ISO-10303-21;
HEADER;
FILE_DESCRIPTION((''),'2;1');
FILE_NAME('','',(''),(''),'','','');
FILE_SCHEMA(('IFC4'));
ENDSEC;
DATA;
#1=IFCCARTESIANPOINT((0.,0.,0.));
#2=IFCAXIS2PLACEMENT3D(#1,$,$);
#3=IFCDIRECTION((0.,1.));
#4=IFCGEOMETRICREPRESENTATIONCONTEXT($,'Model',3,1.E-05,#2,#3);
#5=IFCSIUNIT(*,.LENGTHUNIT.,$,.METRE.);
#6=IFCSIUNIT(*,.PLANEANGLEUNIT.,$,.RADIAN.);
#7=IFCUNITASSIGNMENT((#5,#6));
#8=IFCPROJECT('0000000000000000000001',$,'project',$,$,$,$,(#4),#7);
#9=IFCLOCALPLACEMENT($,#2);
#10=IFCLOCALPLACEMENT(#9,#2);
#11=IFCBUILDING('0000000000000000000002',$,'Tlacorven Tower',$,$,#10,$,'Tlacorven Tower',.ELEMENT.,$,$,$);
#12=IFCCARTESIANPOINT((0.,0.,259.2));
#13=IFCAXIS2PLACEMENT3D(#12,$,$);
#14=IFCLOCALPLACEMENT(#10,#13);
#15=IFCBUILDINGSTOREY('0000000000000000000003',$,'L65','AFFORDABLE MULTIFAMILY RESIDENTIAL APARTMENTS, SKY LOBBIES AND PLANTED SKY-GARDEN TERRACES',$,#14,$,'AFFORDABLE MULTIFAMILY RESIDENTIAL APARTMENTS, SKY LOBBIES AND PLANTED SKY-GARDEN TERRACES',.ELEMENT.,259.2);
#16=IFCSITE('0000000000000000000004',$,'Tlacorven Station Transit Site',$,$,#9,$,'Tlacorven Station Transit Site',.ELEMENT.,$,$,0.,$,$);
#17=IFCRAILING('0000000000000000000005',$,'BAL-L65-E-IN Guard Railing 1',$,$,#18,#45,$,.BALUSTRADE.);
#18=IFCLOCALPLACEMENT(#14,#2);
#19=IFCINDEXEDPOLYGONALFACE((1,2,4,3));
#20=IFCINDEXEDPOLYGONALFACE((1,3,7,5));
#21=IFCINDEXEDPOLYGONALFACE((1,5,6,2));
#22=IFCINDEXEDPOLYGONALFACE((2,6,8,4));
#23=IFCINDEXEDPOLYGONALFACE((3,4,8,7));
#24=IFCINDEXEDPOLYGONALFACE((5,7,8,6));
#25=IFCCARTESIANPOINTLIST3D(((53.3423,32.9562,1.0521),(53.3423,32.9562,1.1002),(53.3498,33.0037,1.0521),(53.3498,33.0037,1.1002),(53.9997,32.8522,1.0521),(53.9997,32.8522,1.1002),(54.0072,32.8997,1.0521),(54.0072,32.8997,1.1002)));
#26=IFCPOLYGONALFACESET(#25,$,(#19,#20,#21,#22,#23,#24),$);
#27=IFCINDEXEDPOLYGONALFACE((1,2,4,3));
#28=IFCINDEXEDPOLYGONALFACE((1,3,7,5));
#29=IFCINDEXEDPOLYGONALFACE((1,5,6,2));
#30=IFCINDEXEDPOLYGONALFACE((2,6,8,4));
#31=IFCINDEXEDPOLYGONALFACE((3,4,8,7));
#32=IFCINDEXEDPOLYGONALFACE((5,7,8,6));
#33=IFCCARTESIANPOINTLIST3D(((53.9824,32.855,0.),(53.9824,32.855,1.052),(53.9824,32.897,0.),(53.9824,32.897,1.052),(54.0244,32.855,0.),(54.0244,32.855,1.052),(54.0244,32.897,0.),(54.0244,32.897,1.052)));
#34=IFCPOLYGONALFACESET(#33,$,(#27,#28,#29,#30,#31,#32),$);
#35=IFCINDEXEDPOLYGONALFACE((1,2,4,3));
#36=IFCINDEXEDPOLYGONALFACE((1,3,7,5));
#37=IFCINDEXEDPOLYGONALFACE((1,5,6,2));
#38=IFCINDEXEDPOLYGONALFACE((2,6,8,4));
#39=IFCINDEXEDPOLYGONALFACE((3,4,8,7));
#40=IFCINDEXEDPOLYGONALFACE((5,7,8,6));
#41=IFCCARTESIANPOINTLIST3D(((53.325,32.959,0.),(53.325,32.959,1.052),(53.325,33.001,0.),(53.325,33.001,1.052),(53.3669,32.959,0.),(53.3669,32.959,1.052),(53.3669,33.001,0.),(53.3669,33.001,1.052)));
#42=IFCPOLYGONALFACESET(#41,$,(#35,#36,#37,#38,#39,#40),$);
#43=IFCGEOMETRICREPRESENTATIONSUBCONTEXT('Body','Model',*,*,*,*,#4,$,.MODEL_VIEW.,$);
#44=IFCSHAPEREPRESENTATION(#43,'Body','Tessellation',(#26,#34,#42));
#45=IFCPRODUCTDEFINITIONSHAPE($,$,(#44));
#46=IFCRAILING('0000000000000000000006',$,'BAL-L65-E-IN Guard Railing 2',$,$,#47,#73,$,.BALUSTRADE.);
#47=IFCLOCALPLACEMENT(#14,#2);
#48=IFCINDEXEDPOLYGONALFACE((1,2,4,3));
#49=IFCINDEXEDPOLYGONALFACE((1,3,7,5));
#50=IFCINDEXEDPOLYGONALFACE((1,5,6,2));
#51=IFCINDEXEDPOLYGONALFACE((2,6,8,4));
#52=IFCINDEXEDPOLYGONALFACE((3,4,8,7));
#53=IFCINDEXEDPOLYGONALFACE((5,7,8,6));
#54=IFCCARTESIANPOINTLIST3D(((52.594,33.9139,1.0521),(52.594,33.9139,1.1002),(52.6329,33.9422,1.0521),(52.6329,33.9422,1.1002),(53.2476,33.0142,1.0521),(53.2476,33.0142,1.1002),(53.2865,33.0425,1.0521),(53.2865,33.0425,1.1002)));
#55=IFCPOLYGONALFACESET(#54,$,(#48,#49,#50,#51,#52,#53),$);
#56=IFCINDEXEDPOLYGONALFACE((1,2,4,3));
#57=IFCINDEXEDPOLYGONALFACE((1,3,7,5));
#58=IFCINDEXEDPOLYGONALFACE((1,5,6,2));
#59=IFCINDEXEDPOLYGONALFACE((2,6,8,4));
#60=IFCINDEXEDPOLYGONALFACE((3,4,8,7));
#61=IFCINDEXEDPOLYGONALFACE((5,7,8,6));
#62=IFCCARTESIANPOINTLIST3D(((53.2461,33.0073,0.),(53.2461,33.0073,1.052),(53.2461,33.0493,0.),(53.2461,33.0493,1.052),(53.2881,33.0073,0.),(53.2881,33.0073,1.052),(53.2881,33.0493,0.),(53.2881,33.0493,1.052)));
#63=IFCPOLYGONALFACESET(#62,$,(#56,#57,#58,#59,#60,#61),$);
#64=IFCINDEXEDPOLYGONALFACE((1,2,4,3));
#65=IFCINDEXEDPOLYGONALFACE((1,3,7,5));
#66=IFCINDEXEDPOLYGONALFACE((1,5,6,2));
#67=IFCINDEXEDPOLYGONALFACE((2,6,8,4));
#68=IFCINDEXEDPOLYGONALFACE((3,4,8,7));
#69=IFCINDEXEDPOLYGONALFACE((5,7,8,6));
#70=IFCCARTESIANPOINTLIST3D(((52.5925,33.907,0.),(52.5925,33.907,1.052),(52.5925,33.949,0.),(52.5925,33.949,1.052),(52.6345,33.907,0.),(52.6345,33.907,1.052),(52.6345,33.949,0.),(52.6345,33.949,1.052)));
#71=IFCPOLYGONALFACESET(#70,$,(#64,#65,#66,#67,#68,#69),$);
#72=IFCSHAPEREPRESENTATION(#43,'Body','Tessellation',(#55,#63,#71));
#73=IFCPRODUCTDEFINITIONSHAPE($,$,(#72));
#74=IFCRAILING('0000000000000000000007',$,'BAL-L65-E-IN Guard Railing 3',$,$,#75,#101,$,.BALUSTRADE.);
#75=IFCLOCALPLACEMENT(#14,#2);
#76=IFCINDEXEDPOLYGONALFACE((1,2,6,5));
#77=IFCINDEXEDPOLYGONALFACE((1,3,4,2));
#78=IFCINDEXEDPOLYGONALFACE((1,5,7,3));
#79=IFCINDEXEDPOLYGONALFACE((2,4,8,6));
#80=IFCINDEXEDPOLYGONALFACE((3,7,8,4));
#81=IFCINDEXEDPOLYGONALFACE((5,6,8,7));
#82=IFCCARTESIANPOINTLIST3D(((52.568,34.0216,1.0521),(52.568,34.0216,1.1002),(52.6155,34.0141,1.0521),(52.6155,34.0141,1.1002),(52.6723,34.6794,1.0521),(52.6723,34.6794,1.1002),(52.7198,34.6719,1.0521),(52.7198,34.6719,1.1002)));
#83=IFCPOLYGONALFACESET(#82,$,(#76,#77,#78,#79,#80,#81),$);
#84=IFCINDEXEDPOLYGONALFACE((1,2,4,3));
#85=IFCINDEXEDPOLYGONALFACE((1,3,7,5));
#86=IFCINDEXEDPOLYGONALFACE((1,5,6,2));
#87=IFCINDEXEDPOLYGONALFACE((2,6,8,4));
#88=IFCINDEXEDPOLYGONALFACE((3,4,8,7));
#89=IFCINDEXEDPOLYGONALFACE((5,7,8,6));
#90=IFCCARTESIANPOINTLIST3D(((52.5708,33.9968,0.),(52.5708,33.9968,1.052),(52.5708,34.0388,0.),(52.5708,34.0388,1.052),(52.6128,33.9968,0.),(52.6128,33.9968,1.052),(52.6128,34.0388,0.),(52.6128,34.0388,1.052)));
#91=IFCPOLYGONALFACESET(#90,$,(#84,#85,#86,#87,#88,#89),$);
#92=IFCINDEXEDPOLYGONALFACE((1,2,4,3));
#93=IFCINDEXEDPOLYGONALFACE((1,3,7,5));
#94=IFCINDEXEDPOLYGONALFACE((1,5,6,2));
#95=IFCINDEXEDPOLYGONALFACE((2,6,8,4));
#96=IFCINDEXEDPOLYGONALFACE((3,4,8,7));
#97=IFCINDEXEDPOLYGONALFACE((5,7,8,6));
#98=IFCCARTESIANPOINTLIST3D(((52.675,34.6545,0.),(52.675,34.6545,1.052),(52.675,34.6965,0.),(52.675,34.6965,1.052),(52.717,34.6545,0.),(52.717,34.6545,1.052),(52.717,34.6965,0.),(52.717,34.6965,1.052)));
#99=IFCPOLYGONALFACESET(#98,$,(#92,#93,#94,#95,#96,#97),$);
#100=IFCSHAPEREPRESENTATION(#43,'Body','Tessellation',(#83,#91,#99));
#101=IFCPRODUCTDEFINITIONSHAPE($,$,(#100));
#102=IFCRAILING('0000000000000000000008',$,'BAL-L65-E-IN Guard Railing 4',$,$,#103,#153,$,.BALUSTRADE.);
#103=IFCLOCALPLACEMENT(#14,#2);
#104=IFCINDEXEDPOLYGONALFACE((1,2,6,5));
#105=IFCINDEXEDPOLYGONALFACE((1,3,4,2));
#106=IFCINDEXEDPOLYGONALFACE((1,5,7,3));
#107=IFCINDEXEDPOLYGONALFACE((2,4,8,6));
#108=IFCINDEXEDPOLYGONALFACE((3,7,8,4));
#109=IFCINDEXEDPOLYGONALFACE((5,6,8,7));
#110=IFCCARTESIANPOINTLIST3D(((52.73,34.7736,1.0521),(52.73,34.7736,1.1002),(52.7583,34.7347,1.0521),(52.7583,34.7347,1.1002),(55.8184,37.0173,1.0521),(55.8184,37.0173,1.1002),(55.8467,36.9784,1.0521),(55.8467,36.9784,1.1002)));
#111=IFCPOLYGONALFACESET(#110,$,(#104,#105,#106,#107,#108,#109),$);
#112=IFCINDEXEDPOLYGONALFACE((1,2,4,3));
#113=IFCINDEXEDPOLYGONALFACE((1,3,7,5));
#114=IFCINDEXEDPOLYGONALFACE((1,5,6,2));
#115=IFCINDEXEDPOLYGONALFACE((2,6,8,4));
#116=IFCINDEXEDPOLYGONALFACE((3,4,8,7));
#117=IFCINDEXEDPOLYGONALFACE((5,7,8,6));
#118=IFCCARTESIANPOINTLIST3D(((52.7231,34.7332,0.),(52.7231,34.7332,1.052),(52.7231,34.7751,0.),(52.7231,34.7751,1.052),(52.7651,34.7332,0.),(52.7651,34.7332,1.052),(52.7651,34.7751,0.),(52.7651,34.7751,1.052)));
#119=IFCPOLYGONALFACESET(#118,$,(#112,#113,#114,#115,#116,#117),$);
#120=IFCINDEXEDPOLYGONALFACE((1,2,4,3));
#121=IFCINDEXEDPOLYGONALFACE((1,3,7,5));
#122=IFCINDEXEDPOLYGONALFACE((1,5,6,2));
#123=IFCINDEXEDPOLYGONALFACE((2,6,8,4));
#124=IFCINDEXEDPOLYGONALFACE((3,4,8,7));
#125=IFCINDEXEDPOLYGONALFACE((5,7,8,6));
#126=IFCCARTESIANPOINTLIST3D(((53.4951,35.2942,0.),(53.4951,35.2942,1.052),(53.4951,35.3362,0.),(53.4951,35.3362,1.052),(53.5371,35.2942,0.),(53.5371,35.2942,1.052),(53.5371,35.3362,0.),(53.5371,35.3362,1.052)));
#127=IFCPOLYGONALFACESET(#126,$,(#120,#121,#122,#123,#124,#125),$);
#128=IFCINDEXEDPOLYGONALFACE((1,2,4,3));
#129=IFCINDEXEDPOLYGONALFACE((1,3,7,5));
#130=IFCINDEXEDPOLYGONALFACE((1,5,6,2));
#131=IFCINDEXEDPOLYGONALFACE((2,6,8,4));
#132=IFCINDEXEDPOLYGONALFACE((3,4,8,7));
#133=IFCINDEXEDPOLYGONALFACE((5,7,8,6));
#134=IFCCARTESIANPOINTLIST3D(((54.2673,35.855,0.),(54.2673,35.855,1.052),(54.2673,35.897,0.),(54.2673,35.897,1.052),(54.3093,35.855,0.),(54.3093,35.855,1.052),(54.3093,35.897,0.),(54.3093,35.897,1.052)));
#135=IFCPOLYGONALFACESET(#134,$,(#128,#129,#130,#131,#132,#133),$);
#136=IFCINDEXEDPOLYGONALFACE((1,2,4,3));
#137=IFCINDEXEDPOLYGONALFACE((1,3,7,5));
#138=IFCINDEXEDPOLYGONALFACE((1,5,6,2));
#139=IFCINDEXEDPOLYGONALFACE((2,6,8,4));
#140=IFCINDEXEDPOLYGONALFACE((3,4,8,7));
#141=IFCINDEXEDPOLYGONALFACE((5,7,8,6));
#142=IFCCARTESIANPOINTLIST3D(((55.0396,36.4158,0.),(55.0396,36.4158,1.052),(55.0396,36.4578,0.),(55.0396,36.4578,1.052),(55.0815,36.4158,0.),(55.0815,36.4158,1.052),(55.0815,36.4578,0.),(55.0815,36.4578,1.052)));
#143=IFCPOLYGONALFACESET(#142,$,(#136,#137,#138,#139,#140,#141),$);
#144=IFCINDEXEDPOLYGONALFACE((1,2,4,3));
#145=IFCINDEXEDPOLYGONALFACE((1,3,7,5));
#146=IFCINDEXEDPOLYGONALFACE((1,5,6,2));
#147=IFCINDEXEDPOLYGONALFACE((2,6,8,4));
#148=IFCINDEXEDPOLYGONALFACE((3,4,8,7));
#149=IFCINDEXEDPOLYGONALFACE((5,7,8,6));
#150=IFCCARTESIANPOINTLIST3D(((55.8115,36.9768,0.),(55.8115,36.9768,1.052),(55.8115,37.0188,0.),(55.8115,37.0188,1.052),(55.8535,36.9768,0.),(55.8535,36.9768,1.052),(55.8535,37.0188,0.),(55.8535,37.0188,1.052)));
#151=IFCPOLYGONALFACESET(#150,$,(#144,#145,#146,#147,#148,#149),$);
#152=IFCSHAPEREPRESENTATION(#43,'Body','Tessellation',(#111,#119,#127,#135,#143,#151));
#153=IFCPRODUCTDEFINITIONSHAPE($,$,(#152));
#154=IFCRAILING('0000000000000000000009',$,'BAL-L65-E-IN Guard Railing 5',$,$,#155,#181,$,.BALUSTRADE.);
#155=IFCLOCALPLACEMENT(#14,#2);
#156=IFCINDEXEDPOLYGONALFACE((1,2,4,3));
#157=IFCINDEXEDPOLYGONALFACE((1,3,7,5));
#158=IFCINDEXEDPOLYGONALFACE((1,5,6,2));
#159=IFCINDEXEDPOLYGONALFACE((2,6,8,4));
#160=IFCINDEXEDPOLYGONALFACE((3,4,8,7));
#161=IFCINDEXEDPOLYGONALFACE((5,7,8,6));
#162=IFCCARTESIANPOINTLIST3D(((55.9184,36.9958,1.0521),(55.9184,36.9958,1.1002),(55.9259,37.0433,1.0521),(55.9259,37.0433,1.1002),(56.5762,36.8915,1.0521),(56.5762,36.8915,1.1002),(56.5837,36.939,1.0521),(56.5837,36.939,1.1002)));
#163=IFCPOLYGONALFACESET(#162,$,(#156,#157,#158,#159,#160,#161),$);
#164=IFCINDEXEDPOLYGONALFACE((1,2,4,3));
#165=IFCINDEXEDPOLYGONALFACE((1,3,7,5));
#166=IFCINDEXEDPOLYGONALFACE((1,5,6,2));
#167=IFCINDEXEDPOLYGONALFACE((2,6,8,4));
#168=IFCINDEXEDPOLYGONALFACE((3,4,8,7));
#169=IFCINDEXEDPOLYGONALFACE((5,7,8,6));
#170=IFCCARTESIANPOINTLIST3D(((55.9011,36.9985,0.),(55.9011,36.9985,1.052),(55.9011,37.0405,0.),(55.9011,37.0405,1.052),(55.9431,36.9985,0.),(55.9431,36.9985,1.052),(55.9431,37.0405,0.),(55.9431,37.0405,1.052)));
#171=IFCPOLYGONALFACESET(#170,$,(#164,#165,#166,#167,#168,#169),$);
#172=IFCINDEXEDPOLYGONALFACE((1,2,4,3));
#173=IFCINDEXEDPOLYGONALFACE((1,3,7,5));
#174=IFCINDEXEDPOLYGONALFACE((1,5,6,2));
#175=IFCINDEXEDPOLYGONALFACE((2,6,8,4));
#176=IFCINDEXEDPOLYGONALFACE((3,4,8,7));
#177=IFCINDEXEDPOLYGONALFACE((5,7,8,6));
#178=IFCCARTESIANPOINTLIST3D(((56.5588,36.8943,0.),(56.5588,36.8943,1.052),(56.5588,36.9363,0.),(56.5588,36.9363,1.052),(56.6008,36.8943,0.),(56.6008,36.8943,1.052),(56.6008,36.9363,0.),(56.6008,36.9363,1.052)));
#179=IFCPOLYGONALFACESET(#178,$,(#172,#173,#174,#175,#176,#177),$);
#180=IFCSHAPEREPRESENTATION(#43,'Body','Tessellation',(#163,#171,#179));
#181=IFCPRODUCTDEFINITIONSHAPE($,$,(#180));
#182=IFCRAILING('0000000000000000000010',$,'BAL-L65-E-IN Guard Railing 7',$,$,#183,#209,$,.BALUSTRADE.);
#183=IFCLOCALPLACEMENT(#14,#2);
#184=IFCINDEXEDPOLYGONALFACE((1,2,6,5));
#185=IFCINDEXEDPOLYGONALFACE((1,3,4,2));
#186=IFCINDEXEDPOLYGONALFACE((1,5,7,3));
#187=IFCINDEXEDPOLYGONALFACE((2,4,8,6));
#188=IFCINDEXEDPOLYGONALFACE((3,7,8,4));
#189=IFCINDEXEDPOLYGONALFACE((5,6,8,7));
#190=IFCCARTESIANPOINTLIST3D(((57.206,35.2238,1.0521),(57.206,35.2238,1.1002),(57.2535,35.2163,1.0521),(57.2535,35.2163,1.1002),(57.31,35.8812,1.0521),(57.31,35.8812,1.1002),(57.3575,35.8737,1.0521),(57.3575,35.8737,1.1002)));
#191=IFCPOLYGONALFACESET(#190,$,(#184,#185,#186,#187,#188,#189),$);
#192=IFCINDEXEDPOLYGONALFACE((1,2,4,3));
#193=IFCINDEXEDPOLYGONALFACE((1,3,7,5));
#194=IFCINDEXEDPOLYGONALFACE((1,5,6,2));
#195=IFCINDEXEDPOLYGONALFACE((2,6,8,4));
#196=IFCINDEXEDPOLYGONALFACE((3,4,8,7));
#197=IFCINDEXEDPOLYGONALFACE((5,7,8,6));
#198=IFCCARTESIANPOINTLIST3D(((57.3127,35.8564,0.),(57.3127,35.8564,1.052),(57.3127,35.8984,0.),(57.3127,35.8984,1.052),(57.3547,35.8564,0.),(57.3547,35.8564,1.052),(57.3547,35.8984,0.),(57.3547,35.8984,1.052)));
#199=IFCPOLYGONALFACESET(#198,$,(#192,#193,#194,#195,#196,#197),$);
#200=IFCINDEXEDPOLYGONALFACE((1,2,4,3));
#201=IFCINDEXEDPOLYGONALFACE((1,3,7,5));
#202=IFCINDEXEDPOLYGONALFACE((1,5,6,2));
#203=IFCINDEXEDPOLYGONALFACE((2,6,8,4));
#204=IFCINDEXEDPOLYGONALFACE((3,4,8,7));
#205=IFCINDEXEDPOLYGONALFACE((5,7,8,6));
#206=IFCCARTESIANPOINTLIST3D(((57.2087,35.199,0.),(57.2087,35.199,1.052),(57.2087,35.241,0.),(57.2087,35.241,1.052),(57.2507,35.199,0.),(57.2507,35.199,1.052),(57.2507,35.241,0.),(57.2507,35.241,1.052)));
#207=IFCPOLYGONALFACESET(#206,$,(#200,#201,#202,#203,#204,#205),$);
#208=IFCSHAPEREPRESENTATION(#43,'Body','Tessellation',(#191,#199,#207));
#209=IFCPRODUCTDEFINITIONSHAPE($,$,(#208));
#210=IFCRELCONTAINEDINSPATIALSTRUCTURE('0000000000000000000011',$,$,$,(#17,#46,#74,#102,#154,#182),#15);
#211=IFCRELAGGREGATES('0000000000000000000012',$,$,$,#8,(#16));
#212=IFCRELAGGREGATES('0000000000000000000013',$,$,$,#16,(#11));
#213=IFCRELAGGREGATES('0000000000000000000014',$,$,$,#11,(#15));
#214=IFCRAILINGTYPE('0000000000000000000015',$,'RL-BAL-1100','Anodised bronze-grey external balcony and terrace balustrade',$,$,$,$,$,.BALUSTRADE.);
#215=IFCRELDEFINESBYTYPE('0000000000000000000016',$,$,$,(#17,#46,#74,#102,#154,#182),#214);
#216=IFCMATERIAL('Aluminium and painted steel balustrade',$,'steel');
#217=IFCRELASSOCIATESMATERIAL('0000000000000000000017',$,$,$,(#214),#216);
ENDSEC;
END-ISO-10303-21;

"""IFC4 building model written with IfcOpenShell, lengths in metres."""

from ifc_helpers import new_model, si_unit, direction, frame, origin, origin_2d, place, context, subcontext, project, spatial, rectangle, extrude, source, transform, mapped, material, type_object, element, save


model = new_model("IFC4")

# Units and contexts
model_context = context("Model", 3, precision=1e-05, world=origin(), true_north=direction((0.0, 1.0)))
body_context = subcontext(model_context, "Body", "Model", "MODEL_VIEW")
ifc_project = project(units=[si_unit("LENGTHUNIT", "METRE"), si_unit("PLANEANGLEUNIT", "RADIAN")], contexts=[model_context])

# Site, building, storey
site_placement = place(None, origin())
site = spatial("IfcSite", under=ifc_project, at=site_placement, Name="Tlacorven Station Transit Site", LongName="Tlacorven Station Transit Site", CompositionType="ELEMENT", RefElevation=0.0)
building_placement = place(site_placement, origin())
building = spatial("IfcBuilding", under=site, at=building_placement, Name="Tlacorven Tower", LongName="Tlacorven Tower", CompositionType="ELEMENT")
storey_placement = place(building_placement, frame((0.0, 0.0, 259.2)))
storey = spatial("IfcBuildingStorey", under=building, at=storey_placement, Name="L65", Description="AFFORDABLE MULTIFAMILY RESIDENTIAL APARTMENTS, SKY LOBBIES AND PLANTED SKY-GARDEN TERRACES", LongName="AFFORDABLE MULTIFAMILY RESIDENTIAL APARTMENTS, SKY LOBBIES AND PLANTED SKY-GARDEN TERRACES", CompositionType="ELEMENT", Elevation=259.2)

# Railings
ifc_material_1 = material(Name="Aluminium and painted steel balustrade", Category="steel")
railing_type = type_object("IfcRailingType", Name="RL-BAL-1100", Description="Anodised bronze-grey external balcony and terrace balustrade", PredefinedType="BALUSTRADE", material=ifc_material_1)
shared_shape_1 = source(origin(), body_context, "Body", "SweptSolid", [
    extrude(rectangle(XDim=0.0481, YDim=0.0481, at=origin_2d()), frame((0.0, 0.0, 1.0762), z_axis=(-0.987718, 0.156245, 0.0), x_axis=(-0.156245, -0.987718, 0.0)), (0.0, 0.0, 1.0), 0.6655),
    extrude(rectangle(XDim=0.042, YDim=0.042, at=origin_2d()), origin(), (0.0, 0.0, 1.0), 1.052),
    extrude(rectangle(XDim=0.042, YDim=0.042, at=origin_2d()), frame((-0.6575, 0.104, 0.0)), (0.0, 0.0, 1.0), 1.052),
])
railing_1_placement = place(storey_placement, frame((54.0034, 32.876, 0.0)))
element("IfcRailing", 1, at=railing_1_placement, inside=storey, type_object=railing_type, Name="BAL-L65-E-IN Guard Railing 1", PredefinedType="BALUSTRADE", context=body_context, shape_type="MappedRepresentation", body=[
    mapped(shared_shape_1, transform((0.0, 0.0, 0.0), scale=1.0)),
])
shared_shape_2 = source(origin(), body_context, "Body", "SweptSolid", [
    extrude(rectangle(XDim=0.0481, YDim=0.0481, at=origin_2d()), frame((0.0, 0.0, 1.0762), z_axis=(-0.587741, 0.809049, 0.0), x_axis=(-0.809049, -0.587741, 0.0)), (0.0, 0.0, 1.0), 1.1121),
    extrude(rectangle(XDim=0.042, YDim=0.042, at=origin_2d()), origin(), (0.0, 0.0, 1.0), 1.052),
    extrude(rectangle(XDim=0.042, YDim=0.042, at=origin_2d()), frame((-0.6536, 0.8997, 0.0)), (0.0, 0.0, 1.0), 1.052),
])
railing_2_placement = place(storey_placement, frame((53.2671, 33.0283, 0.0)))
element("IfcRailing", 2, at=railing_2_placement, inside=storey, type_object=railing_type, Name="BAL-L65-E-IN Guard Railing 2", PredefinedType="BALUSTRADE", context=body_context, shape_type="MappedRepresentation", body=[
    mapped(shared_shape_2, transform((0.0, 0.0, 0.0), scale=1.0)),
])
shared_shape_3 = source(origin(), body_context, "Body", "SweptSolid", [
    extrude(rectangle(XDim=0.0481, YDim=0.0481, at=origin_2d()), frame((0.0, 0.0, 1.0762), z_axis=(0.156546, 0.987671, 0.0), x_axis=(-0.987671, 0.156546, 0.0)), (0.0, 0.0, 1.0), 0.666),
    extrude(rectangle(XDim=0.042, YDim=0.042, at=origin_2d()), origin(), (0.0, 0.0, 1.0), 1.052),
    extrude(rectangle(XDim=0.042, YDim=0.042, at=origin_2d()), frame((0.1042, 0.6577, 0.0)), (0.0, 0.0, 1.0), 1.052),
])
railing_3_placement = place(storey_placement, frame((52.5918, 34.0178, 0.0)))
element("IfcRailing", 3, at=railing_3_placement, inside=storey, type_object=railing_type, Name="BAL-L65-E-IN Guard Railing 3", PredefinedType="BALUSTRADE", context=body_context, shape_type="MappedRepresentation", body=[
    mapped(shared_shape_3, transform((0.0, 0.0, 0.0), scale=1.0)),
])
shared_shape_4 = source(origin(), body_context, "Body", "SweptSolid", [
    extrude(rectangle(XDim=0.0481, YDim=0.0481, at=origin_2d()), frame((0.0, 0.0, 1.0762), z_axis=(0.80904, 0.587753, 0.0), x_axis=(-0.587753, 0.80904, 0.0)), (0.0, 0.0, 1.0), 3.8174),
    extrude(rectangle(XDim=0.042, YDim=0.042, at=origin_2d()), origin(), (0.0, 0.0, 1.0), 1.052),
    extrude(rectangle(XDim=0.042, YDim=0.042, at=origin_2d()), frame((0.772, 0.561, 0.0)), (0.0, 0.0, 1.0), 1.052),
    extrude(rectangle(XDim=0.042, YDim=0.042, at=origin_2d()), frame((1.5442, 1.1218, 0.0)), (0.0, 0.0, 1.0), 1.052),
    extrude(rectangle(XDim=0.042, YDim=0.042, at=origin_2d()), frame((2.3164, 1.6826, 0.0)), (0.0, 0.0, 1.0), 1.052),
    extrude(rectangle(XDim=0.042, YDim=0.042, at=origin_2d()), frame((3.0884, 2.2437, 0.0)), (0.0, 0.0, 1.0), 1.052),
])
railing_4_placement = place(storey_placement, frame((52.7441, 34.7542, 0.0)))
element("IfcRailing", 4, at=railing_4_placement, inside=storey, type_object=railing_type, Name="BAL-L65-E-IN Guard Railing 4", PredefinedType="BALUSTRADE", context=body_context, shape_type="MappedRepresentation", body=[
    mapped(shared_shape_4, transform((0.0, 0.0, 0.0), scale=1.0)),
])
shared_shape_5 = source(origin(), body_context, "Body", "SweptSolid", [
    extrude(rectangle(XDim=0.0481, YDim=0.0481, at=origin_2d()), frame((0.0, 0.0, 1.0762), z_axis=(0.987671, -0.156546, 0.0), x_axis=(0.156546, 0.987671, 0.0)), (0.0, 0.0, 1.0), 0.666),
    extrude(rectangle(XDim=0.042, YDim=0.042, at=origin_2d()), origin(), (0.0, 0.0, 1.0), 1.052),
    extrude(rectangle(XDim=0.042, YDim=0.042, at=origin_2d()), frame((0.6577, -0.1042, 0.0)), (0.0, 0.0, 1.0), 1.052),
])
railing_5_placement = place(storey_placement, frame((55.9221, 37.0195, 0.0)))
element("IfcRailing", 5, at=railing_5_placement, inside=storey, type_object=railing_type, Name="BAL-L65-E-IN Guard Railing 5", PredefinedType="BALUSTRADE", context=body_context, shape_type="MappedRepresentation", body=[
    mapped(shared_shape_5, transform((0.0, 0.0, 0.0), scale=1.0)),
])
shared_shape_6 = source(origin(), body_context, "Body", "SweptSolid", [
    extrude(rectangle(XDim=0.0481, YDim=0.0481, at=origin_2d()), frame((0.0, 0.0, 1.0762), z_axis=(-0.156245, -0.987718, 0.0), x_axis=(0.987718, -0.156245, 0.0)), (0.0, 0.0, 1.0), 0.6655),
    extrude(rectangle(XDim=0.042, YDim=0.042, at=origin_2d()), origin(), (0.0, 0.0, 1.0), 1.052),
    extrude(rectangle(XDim=0.042, YDim=0.042, at=origin_2d()), frame((-0.104, -0.6575, 0.0)), (0.0, 0.0, 1.0), 1.052),
])
railing_6_placement = place(storey_placement, frame((57.3337, 35.8774, 0.0)))
element("IfcRailing", 6, at=railing_6_placement, inside=storey, type_object=railing_type, Name="BAL-L65-E-IN Guard Railing 7", PredefinedType="BALUSTRADE", context=body_context, shape_type="MappedRepresentation", body=[
    mapped(shared_shape_6, transform((0.0, 0.0, 0.0), scale=1.0)),
])

save(model, "model.ifc")
